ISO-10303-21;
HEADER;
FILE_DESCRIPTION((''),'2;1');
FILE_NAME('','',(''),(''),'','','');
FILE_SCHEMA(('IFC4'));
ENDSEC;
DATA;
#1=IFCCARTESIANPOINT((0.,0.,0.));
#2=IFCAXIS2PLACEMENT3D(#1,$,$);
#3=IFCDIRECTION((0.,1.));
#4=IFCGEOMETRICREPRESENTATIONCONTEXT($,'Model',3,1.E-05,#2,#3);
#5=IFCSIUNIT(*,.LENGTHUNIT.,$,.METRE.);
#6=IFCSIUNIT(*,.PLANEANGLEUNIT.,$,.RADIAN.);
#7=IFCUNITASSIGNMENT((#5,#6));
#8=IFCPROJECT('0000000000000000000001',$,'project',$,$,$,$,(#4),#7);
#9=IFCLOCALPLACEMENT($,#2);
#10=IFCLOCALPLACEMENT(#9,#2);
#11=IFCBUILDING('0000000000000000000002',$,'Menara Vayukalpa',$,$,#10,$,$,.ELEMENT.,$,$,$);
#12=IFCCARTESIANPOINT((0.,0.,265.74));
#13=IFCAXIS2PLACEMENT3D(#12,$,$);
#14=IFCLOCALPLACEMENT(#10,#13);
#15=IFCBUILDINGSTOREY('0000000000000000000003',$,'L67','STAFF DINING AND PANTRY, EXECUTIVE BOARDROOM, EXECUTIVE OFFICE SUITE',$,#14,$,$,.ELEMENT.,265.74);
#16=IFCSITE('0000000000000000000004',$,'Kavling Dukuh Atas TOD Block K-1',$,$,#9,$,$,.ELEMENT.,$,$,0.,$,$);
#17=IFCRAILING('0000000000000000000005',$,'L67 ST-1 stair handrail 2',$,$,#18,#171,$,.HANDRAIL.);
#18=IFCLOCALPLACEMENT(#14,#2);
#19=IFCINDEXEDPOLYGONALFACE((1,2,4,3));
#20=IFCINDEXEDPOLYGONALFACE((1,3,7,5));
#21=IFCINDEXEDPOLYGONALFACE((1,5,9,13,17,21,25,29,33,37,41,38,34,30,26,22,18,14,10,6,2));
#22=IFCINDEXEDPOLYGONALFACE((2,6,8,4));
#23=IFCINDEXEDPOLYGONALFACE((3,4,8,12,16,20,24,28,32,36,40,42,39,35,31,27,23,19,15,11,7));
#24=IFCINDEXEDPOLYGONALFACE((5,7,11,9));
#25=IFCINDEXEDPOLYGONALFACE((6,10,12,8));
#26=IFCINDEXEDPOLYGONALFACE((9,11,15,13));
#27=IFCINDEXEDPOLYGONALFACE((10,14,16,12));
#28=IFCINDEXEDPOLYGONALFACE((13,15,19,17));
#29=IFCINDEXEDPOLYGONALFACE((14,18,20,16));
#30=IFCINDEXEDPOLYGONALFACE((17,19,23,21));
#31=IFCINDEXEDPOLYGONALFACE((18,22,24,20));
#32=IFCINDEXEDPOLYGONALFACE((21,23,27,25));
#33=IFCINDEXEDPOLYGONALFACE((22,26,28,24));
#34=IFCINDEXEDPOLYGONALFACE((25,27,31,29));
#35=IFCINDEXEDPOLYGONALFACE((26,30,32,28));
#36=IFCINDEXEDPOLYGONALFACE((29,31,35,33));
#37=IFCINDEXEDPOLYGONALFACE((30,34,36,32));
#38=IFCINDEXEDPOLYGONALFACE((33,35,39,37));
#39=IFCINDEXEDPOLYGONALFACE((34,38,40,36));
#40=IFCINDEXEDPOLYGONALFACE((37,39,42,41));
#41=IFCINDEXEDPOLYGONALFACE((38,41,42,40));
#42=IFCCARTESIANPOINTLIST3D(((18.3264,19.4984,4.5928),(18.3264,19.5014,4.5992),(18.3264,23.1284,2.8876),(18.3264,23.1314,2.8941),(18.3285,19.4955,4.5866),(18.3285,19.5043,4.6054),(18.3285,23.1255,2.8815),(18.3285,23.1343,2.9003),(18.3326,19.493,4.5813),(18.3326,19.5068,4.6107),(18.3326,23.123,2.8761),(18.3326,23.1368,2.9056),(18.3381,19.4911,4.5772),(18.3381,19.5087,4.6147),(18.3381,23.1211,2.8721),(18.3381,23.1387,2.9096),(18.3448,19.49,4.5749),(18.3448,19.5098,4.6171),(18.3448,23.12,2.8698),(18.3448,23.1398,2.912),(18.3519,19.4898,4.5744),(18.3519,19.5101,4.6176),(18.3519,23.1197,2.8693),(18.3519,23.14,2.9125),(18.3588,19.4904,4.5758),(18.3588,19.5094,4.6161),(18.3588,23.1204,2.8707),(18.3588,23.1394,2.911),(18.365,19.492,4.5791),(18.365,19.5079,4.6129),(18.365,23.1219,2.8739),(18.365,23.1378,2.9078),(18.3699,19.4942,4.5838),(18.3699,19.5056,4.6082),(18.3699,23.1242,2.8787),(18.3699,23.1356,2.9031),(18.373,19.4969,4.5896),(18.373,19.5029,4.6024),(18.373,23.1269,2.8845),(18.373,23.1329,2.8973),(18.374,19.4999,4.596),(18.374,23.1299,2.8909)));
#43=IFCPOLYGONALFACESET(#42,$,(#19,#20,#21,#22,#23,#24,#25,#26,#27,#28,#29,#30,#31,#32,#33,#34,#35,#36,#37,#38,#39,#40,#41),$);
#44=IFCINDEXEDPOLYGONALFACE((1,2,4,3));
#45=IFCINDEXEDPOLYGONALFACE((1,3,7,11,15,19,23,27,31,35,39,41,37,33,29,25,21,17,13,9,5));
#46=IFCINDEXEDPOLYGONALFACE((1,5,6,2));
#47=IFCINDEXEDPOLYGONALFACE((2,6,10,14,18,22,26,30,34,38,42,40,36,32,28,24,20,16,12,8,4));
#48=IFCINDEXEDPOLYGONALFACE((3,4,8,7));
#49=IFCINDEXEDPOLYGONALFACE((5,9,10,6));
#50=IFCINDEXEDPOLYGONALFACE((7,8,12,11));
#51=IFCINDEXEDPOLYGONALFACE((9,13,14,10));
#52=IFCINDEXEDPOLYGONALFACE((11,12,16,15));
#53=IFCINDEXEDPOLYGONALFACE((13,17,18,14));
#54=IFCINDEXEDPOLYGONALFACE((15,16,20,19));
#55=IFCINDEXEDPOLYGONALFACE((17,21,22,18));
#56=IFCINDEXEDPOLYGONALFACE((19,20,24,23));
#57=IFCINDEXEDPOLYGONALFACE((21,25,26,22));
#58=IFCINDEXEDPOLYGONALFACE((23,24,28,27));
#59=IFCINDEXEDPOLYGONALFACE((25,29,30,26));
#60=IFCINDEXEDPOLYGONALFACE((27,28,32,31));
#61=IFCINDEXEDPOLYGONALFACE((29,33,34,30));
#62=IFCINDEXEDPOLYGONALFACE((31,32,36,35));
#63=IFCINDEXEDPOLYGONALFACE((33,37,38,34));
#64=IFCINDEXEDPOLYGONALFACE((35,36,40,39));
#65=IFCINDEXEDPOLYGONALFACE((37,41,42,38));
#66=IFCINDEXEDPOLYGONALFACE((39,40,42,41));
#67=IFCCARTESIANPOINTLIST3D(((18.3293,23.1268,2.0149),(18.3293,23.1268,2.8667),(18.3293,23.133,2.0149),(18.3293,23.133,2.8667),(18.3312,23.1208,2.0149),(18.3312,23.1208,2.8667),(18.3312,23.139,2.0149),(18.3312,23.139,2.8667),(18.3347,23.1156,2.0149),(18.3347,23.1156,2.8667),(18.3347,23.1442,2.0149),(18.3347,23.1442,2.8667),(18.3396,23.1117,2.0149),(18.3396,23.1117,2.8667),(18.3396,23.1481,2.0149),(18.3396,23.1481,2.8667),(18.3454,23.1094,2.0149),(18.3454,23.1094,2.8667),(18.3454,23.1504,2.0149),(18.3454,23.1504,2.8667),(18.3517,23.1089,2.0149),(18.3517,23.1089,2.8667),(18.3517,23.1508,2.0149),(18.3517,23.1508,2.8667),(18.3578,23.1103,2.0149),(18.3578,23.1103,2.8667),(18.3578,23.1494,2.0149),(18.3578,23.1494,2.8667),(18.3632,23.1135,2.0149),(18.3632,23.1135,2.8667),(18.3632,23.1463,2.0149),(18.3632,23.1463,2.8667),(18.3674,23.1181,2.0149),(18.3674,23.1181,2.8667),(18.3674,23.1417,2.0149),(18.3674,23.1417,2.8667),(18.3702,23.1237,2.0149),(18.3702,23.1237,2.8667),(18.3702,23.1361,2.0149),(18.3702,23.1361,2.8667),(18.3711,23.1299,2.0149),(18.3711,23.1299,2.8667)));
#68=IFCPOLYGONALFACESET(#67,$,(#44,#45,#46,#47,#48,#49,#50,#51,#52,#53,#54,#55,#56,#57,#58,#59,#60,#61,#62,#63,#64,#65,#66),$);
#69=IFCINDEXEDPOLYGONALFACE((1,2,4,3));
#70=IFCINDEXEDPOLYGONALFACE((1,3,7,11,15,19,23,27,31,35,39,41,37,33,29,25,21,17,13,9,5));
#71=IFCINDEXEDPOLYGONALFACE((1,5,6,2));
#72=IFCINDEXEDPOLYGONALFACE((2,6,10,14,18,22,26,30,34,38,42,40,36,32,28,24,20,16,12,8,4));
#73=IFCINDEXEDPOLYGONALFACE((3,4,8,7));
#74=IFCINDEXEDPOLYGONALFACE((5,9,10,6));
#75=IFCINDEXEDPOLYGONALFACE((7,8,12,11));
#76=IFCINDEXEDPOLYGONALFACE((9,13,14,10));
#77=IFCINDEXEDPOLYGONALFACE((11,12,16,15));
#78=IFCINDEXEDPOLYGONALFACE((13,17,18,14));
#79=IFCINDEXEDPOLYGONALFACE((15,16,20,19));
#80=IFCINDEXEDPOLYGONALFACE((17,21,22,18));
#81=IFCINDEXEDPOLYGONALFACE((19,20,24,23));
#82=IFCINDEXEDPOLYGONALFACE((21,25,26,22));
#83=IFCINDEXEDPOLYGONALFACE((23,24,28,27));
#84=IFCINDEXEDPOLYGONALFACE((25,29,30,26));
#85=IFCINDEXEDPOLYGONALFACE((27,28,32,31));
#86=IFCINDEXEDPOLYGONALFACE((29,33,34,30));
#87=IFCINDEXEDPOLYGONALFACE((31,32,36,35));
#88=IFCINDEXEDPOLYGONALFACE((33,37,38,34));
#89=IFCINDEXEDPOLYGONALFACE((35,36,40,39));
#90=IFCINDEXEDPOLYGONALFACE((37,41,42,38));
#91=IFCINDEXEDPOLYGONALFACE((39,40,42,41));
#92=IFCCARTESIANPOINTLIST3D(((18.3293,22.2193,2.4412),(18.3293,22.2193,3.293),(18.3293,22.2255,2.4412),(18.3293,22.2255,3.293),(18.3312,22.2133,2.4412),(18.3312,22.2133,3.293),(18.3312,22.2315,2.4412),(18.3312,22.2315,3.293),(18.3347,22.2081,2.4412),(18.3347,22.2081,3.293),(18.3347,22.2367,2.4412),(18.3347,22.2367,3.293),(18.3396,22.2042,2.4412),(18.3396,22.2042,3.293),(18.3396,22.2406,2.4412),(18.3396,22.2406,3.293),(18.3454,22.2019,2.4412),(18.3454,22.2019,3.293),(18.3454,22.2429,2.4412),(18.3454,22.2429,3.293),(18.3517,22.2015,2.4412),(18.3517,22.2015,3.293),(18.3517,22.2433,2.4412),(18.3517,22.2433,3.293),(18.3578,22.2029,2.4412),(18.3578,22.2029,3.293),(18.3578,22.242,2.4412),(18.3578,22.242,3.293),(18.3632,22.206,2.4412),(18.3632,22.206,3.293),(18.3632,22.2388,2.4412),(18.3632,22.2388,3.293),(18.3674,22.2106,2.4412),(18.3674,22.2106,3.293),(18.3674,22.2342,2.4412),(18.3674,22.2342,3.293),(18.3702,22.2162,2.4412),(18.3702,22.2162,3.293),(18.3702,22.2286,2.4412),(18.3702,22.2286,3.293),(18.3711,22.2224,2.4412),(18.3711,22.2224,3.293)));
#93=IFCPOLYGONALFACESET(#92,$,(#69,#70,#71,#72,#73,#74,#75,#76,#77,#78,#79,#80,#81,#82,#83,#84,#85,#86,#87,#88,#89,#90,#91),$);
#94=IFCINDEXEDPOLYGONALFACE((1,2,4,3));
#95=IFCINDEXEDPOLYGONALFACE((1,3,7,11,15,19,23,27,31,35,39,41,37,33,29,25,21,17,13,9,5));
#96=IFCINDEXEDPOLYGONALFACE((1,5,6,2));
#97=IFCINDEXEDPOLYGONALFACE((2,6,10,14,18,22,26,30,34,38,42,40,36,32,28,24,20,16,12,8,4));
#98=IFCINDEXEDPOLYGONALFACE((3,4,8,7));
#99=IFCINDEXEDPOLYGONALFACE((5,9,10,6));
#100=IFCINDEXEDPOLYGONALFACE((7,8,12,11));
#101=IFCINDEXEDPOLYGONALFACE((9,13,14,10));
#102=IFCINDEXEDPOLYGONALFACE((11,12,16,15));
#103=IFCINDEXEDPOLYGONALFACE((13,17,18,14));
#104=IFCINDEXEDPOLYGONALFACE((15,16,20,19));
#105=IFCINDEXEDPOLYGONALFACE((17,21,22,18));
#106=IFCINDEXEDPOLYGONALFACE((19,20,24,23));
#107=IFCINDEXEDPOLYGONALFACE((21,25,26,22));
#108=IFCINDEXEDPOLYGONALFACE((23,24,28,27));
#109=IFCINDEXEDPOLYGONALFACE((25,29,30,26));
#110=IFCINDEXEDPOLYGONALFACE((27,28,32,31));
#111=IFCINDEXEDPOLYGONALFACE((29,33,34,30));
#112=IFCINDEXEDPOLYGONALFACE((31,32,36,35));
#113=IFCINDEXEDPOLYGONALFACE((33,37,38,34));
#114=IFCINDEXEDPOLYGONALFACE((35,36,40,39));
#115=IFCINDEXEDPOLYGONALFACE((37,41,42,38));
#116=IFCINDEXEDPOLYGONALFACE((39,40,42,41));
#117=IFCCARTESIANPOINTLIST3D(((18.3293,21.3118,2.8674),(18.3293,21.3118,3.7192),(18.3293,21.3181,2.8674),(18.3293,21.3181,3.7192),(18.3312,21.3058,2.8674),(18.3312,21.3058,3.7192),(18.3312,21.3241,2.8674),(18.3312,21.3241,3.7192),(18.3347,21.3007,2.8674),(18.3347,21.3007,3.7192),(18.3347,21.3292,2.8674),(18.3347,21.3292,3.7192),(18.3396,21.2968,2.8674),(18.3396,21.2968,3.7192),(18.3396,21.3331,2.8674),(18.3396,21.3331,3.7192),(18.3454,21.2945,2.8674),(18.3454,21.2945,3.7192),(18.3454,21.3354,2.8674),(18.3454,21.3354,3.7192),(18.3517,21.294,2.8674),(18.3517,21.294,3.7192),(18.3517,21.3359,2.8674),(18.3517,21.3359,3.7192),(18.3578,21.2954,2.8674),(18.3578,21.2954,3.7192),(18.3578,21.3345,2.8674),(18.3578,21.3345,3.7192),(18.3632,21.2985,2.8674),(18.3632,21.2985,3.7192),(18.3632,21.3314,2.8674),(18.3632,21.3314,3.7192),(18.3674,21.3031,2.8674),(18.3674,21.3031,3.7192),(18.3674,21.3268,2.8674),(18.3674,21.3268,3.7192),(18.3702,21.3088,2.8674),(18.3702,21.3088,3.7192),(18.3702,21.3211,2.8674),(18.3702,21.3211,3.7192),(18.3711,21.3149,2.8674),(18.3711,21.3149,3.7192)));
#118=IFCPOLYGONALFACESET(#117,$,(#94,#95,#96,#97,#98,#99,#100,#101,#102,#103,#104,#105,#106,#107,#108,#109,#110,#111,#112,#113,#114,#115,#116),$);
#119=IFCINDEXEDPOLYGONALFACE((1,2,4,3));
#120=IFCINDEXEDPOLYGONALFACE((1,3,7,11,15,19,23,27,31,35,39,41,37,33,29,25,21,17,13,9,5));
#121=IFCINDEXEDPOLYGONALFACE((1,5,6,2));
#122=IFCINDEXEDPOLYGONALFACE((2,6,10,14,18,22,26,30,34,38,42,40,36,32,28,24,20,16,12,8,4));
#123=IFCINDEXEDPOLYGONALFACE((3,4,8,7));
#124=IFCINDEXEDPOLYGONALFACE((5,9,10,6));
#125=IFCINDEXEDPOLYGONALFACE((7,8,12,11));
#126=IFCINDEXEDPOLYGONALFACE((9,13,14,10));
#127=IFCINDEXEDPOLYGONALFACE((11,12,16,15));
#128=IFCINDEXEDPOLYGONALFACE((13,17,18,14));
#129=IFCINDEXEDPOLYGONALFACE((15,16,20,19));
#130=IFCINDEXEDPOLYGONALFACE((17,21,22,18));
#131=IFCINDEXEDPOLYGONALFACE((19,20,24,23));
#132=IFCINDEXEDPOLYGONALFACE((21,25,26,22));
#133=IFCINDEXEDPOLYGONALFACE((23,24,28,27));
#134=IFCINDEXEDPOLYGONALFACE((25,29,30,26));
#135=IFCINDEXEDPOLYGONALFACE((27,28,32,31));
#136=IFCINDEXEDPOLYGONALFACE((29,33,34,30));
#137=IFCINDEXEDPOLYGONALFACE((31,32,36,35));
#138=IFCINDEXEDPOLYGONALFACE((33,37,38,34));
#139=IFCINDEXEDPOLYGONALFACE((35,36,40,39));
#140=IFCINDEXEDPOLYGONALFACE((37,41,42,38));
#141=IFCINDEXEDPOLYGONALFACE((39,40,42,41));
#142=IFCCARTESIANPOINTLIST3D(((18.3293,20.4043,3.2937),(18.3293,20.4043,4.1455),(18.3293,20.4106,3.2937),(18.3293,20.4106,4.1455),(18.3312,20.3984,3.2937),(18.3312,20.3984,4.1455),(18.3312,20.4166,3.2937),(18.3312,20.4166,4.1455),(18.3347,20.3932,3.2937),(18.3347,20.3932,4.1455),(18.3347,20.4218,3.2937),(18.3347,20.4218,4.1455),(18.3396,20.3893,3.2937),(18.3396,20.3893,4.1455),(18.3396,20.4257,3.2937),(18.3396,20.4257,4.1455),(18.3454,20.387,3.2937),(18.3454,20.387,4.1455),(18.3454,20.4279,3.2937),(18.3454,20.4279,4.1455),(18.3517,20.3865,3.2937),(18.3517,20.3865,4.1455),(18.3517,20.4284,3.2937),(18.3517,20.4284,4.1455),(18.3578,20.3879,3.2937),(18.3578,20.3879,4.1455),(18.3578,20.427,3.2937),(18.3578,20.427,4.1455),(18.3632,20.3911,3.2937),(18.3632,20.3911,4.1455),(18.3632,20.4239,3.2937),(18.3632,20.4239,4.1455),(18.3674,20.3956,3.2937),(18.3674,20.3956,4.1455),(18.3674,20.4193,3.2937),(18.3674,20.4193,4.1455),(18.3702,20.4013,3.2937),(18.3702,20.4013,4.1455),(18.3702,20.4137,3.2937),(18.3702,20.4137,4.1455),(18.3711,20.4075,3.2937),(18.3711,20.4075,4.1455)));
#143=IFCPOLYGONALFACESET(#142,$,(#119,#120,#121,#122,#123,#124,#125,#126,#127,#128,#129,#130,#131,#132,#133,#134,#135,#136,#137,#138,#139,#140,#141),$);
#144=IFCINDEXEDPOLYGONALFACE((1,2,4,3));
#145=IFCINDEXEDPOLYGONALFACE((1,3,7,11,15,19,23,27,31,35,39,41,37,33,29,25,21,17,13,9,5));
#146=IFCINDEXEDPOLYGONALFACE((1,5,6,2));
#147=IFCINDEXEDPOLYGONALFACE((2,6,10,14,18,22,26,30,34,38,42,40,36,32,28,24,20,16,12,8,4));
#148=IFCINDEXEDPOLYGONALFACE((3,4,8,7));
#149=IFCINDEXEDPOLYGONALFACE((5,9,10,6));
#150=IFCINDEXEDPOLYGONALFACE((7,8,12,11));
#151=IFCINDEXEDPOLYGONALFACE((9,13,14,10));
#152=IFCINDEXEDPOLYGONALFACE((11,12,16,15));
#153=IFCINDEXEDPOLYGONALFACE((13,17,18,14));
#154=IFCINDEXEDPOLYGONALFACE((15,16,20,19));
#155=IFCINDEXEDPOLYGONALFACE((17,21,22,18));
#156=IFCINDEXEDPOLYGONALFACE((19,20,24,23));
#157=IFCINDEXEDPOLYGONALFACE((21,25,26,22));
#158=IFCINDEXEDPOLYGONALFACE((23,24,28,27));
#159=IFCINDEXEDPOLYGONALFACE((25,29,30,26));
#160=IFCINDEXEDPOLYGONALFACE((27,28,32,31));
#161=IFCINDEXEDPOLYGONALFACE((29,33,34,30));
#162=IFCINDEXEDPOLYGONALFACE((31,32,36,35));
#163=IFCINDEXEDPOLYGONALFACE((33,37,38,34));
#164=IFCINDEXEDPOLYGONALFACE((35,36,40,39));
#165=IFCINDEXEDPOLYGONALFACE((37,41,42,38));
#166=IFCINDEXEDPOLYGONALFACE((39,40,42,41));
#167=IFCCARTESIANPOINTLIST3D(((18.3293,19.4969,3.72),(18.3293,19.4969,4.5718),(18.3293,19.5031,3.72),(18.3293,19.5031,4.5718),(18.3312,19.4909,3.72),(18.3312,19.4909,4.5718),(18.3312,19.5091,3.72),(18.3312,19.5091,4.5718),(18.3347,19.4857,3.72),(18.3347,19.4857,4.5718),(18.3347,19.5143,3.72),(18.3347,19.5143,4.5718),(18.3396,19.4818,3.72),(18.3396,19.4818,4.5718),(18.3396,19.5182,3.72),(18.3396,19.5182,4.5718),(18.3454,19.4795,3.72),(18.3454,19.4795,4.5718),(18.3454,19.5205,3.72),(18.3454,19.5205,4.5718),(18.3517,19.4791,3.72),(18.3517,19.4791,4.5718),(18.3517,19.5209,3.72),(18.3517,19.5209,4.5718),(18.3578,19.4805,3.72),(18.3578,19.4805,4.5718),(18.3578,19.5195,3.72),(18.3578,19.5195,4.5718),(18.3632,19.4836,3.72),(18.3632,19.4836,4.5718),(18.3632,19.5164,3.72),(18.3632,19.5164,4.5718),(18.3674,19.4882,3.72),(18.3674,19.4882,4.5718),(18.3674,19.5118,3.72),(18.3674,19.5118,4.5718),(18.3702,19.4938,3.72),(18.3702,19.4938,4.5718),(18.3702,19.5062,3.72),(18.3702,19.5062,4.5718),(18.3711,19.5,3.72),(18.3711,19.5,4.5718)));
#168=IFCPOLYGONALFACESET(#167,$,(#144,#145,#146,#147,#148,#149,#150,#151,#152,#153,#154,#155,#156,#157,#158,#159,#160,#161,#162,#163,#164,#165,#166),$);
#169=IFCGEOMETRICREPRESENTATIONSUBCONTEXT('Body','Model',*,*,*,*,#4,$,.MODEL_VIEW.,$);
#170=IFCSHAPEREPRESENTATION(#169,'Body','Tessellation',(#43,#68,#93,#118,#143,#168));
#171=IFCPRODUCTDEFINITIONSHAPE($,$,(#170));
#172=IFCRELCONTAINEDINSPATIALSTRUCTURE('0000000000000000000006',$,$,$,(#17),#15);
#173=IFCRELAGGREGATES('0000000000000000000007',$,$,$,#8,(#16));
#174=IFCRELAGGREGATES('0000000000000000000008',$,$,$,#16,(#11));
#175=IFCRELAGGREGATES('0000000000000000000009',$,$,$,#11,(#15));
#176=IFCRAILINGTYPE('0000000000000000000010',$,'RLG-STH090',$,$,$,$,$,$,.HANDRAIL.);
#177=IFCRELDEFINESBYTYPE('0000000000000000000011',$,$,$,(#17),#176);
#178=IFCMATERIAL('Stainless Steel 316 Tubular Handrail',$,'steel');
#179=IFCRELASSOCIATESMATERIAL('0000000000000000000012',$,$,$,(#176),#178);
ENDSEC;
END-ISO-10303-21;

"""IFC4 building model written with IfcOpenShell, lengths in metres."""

from ifc_helpers import new_model, si_unit, direction, frame, origin, origin_2d, place, context, subcontext, project, spatial, circle, extrude, material, type_object, element, save


model = new_model("IFC4")

# Units and contexts
model_context = context("Model", 3, precision=1e-05, world=origin(), true_north=direction((0.0, 1.0)))
body_context = subcontext(model_context, "Body", "Model", "MODEL_VIEW")
ifc_project = project(units=[si_unit("LENGTHUNIT", "METRE"), si_unit("PLANEANGLEUNIT", "RADIAN")], contexts=[model_context])

# Site, building, storey
site_placement = place(None, origin())
site = spatial("IfcSite", under=ifc_project, at=site_placement, Name="Kavling Dukuh Atas TOD Block K-1", CompositionType="ELEMENT", RefElevation=0.0)
building_placement = place(site_placement, origin())
building = spatial("IfcBuilding", under=site, at=building_placement, Name="Menara Vayukalpa", CompositionType="ELEMENT")
storey_placement = place(building_placement, frame((0.0, 0.0, 265.74)))
storey = spatial("IfcBuildingStorey", under=building, at=storey_placement, Name="L67", Description="STAFF DINING AND PANTRY, EXECUTIVE BOARDROOM, EXECUTIVE OFFICE SUITE", CompositionType="ELEMENT", Elevation=265.74)

# Railing
ifc_material_1 = material(Name="Stainless Steel 316 Tubular Handrail", Category="steel")
railing_type_1 = type_object("IfcRailingType", Name="RLG-STH090", PredefinedType="HANDRAIL", material=ifc_material_1)
railing_1_placement = place(storey_placement, frame((18.3501, 23.1299, 2.0149)))
element("IfcRailing", 1, at=railing_1_placement, inside=storey, type_object=railing_type_1, Name="L67 ST-1 stair handrail 2", PredefinedType="HANDRAIL", context=body_context, shape_type="SweptSolid", body=[
    extrude(circle(Radius=0.0239, at=origin_2d()), frame((0.0, 0.0, 0.876), z_axis=(0.0, -0.905116, 0.425164), x_axis=(1.0, 0.0, 0.0)), (0.0, 0.0, 1.0), 4.0105),
    extrude(circle(Radius=0.021, at=origin_2d()), origin(), (0.0, 0.0, 1.0), 0.8518),
    extrude(circle(Radius=0.021, at=origin_2d()), frame((0.0, -0.9075, 0.4263)), (0.0, 0.0, 1.0), 0.8518),
    extrude(circle(Radius=0.021, at=origin_2d()), frame((0.0, -1.8149, 0.8525)), (0.0, 0.0, 1.0), 0.8518),
    extrude(circle(Radius=0.021, at=origin_2d()), frame((0.0, -2.7224, 1.2788)), (0.0, 0.0, 1.0), 0.8518),
    extrude(circle(Radius=0.021, at=origin_2d()), frame((0.0, -3.6299, 1.7051)), (0.0, 0.0, 1.0), 0.8518),
])

save(model, "model.ifc")
